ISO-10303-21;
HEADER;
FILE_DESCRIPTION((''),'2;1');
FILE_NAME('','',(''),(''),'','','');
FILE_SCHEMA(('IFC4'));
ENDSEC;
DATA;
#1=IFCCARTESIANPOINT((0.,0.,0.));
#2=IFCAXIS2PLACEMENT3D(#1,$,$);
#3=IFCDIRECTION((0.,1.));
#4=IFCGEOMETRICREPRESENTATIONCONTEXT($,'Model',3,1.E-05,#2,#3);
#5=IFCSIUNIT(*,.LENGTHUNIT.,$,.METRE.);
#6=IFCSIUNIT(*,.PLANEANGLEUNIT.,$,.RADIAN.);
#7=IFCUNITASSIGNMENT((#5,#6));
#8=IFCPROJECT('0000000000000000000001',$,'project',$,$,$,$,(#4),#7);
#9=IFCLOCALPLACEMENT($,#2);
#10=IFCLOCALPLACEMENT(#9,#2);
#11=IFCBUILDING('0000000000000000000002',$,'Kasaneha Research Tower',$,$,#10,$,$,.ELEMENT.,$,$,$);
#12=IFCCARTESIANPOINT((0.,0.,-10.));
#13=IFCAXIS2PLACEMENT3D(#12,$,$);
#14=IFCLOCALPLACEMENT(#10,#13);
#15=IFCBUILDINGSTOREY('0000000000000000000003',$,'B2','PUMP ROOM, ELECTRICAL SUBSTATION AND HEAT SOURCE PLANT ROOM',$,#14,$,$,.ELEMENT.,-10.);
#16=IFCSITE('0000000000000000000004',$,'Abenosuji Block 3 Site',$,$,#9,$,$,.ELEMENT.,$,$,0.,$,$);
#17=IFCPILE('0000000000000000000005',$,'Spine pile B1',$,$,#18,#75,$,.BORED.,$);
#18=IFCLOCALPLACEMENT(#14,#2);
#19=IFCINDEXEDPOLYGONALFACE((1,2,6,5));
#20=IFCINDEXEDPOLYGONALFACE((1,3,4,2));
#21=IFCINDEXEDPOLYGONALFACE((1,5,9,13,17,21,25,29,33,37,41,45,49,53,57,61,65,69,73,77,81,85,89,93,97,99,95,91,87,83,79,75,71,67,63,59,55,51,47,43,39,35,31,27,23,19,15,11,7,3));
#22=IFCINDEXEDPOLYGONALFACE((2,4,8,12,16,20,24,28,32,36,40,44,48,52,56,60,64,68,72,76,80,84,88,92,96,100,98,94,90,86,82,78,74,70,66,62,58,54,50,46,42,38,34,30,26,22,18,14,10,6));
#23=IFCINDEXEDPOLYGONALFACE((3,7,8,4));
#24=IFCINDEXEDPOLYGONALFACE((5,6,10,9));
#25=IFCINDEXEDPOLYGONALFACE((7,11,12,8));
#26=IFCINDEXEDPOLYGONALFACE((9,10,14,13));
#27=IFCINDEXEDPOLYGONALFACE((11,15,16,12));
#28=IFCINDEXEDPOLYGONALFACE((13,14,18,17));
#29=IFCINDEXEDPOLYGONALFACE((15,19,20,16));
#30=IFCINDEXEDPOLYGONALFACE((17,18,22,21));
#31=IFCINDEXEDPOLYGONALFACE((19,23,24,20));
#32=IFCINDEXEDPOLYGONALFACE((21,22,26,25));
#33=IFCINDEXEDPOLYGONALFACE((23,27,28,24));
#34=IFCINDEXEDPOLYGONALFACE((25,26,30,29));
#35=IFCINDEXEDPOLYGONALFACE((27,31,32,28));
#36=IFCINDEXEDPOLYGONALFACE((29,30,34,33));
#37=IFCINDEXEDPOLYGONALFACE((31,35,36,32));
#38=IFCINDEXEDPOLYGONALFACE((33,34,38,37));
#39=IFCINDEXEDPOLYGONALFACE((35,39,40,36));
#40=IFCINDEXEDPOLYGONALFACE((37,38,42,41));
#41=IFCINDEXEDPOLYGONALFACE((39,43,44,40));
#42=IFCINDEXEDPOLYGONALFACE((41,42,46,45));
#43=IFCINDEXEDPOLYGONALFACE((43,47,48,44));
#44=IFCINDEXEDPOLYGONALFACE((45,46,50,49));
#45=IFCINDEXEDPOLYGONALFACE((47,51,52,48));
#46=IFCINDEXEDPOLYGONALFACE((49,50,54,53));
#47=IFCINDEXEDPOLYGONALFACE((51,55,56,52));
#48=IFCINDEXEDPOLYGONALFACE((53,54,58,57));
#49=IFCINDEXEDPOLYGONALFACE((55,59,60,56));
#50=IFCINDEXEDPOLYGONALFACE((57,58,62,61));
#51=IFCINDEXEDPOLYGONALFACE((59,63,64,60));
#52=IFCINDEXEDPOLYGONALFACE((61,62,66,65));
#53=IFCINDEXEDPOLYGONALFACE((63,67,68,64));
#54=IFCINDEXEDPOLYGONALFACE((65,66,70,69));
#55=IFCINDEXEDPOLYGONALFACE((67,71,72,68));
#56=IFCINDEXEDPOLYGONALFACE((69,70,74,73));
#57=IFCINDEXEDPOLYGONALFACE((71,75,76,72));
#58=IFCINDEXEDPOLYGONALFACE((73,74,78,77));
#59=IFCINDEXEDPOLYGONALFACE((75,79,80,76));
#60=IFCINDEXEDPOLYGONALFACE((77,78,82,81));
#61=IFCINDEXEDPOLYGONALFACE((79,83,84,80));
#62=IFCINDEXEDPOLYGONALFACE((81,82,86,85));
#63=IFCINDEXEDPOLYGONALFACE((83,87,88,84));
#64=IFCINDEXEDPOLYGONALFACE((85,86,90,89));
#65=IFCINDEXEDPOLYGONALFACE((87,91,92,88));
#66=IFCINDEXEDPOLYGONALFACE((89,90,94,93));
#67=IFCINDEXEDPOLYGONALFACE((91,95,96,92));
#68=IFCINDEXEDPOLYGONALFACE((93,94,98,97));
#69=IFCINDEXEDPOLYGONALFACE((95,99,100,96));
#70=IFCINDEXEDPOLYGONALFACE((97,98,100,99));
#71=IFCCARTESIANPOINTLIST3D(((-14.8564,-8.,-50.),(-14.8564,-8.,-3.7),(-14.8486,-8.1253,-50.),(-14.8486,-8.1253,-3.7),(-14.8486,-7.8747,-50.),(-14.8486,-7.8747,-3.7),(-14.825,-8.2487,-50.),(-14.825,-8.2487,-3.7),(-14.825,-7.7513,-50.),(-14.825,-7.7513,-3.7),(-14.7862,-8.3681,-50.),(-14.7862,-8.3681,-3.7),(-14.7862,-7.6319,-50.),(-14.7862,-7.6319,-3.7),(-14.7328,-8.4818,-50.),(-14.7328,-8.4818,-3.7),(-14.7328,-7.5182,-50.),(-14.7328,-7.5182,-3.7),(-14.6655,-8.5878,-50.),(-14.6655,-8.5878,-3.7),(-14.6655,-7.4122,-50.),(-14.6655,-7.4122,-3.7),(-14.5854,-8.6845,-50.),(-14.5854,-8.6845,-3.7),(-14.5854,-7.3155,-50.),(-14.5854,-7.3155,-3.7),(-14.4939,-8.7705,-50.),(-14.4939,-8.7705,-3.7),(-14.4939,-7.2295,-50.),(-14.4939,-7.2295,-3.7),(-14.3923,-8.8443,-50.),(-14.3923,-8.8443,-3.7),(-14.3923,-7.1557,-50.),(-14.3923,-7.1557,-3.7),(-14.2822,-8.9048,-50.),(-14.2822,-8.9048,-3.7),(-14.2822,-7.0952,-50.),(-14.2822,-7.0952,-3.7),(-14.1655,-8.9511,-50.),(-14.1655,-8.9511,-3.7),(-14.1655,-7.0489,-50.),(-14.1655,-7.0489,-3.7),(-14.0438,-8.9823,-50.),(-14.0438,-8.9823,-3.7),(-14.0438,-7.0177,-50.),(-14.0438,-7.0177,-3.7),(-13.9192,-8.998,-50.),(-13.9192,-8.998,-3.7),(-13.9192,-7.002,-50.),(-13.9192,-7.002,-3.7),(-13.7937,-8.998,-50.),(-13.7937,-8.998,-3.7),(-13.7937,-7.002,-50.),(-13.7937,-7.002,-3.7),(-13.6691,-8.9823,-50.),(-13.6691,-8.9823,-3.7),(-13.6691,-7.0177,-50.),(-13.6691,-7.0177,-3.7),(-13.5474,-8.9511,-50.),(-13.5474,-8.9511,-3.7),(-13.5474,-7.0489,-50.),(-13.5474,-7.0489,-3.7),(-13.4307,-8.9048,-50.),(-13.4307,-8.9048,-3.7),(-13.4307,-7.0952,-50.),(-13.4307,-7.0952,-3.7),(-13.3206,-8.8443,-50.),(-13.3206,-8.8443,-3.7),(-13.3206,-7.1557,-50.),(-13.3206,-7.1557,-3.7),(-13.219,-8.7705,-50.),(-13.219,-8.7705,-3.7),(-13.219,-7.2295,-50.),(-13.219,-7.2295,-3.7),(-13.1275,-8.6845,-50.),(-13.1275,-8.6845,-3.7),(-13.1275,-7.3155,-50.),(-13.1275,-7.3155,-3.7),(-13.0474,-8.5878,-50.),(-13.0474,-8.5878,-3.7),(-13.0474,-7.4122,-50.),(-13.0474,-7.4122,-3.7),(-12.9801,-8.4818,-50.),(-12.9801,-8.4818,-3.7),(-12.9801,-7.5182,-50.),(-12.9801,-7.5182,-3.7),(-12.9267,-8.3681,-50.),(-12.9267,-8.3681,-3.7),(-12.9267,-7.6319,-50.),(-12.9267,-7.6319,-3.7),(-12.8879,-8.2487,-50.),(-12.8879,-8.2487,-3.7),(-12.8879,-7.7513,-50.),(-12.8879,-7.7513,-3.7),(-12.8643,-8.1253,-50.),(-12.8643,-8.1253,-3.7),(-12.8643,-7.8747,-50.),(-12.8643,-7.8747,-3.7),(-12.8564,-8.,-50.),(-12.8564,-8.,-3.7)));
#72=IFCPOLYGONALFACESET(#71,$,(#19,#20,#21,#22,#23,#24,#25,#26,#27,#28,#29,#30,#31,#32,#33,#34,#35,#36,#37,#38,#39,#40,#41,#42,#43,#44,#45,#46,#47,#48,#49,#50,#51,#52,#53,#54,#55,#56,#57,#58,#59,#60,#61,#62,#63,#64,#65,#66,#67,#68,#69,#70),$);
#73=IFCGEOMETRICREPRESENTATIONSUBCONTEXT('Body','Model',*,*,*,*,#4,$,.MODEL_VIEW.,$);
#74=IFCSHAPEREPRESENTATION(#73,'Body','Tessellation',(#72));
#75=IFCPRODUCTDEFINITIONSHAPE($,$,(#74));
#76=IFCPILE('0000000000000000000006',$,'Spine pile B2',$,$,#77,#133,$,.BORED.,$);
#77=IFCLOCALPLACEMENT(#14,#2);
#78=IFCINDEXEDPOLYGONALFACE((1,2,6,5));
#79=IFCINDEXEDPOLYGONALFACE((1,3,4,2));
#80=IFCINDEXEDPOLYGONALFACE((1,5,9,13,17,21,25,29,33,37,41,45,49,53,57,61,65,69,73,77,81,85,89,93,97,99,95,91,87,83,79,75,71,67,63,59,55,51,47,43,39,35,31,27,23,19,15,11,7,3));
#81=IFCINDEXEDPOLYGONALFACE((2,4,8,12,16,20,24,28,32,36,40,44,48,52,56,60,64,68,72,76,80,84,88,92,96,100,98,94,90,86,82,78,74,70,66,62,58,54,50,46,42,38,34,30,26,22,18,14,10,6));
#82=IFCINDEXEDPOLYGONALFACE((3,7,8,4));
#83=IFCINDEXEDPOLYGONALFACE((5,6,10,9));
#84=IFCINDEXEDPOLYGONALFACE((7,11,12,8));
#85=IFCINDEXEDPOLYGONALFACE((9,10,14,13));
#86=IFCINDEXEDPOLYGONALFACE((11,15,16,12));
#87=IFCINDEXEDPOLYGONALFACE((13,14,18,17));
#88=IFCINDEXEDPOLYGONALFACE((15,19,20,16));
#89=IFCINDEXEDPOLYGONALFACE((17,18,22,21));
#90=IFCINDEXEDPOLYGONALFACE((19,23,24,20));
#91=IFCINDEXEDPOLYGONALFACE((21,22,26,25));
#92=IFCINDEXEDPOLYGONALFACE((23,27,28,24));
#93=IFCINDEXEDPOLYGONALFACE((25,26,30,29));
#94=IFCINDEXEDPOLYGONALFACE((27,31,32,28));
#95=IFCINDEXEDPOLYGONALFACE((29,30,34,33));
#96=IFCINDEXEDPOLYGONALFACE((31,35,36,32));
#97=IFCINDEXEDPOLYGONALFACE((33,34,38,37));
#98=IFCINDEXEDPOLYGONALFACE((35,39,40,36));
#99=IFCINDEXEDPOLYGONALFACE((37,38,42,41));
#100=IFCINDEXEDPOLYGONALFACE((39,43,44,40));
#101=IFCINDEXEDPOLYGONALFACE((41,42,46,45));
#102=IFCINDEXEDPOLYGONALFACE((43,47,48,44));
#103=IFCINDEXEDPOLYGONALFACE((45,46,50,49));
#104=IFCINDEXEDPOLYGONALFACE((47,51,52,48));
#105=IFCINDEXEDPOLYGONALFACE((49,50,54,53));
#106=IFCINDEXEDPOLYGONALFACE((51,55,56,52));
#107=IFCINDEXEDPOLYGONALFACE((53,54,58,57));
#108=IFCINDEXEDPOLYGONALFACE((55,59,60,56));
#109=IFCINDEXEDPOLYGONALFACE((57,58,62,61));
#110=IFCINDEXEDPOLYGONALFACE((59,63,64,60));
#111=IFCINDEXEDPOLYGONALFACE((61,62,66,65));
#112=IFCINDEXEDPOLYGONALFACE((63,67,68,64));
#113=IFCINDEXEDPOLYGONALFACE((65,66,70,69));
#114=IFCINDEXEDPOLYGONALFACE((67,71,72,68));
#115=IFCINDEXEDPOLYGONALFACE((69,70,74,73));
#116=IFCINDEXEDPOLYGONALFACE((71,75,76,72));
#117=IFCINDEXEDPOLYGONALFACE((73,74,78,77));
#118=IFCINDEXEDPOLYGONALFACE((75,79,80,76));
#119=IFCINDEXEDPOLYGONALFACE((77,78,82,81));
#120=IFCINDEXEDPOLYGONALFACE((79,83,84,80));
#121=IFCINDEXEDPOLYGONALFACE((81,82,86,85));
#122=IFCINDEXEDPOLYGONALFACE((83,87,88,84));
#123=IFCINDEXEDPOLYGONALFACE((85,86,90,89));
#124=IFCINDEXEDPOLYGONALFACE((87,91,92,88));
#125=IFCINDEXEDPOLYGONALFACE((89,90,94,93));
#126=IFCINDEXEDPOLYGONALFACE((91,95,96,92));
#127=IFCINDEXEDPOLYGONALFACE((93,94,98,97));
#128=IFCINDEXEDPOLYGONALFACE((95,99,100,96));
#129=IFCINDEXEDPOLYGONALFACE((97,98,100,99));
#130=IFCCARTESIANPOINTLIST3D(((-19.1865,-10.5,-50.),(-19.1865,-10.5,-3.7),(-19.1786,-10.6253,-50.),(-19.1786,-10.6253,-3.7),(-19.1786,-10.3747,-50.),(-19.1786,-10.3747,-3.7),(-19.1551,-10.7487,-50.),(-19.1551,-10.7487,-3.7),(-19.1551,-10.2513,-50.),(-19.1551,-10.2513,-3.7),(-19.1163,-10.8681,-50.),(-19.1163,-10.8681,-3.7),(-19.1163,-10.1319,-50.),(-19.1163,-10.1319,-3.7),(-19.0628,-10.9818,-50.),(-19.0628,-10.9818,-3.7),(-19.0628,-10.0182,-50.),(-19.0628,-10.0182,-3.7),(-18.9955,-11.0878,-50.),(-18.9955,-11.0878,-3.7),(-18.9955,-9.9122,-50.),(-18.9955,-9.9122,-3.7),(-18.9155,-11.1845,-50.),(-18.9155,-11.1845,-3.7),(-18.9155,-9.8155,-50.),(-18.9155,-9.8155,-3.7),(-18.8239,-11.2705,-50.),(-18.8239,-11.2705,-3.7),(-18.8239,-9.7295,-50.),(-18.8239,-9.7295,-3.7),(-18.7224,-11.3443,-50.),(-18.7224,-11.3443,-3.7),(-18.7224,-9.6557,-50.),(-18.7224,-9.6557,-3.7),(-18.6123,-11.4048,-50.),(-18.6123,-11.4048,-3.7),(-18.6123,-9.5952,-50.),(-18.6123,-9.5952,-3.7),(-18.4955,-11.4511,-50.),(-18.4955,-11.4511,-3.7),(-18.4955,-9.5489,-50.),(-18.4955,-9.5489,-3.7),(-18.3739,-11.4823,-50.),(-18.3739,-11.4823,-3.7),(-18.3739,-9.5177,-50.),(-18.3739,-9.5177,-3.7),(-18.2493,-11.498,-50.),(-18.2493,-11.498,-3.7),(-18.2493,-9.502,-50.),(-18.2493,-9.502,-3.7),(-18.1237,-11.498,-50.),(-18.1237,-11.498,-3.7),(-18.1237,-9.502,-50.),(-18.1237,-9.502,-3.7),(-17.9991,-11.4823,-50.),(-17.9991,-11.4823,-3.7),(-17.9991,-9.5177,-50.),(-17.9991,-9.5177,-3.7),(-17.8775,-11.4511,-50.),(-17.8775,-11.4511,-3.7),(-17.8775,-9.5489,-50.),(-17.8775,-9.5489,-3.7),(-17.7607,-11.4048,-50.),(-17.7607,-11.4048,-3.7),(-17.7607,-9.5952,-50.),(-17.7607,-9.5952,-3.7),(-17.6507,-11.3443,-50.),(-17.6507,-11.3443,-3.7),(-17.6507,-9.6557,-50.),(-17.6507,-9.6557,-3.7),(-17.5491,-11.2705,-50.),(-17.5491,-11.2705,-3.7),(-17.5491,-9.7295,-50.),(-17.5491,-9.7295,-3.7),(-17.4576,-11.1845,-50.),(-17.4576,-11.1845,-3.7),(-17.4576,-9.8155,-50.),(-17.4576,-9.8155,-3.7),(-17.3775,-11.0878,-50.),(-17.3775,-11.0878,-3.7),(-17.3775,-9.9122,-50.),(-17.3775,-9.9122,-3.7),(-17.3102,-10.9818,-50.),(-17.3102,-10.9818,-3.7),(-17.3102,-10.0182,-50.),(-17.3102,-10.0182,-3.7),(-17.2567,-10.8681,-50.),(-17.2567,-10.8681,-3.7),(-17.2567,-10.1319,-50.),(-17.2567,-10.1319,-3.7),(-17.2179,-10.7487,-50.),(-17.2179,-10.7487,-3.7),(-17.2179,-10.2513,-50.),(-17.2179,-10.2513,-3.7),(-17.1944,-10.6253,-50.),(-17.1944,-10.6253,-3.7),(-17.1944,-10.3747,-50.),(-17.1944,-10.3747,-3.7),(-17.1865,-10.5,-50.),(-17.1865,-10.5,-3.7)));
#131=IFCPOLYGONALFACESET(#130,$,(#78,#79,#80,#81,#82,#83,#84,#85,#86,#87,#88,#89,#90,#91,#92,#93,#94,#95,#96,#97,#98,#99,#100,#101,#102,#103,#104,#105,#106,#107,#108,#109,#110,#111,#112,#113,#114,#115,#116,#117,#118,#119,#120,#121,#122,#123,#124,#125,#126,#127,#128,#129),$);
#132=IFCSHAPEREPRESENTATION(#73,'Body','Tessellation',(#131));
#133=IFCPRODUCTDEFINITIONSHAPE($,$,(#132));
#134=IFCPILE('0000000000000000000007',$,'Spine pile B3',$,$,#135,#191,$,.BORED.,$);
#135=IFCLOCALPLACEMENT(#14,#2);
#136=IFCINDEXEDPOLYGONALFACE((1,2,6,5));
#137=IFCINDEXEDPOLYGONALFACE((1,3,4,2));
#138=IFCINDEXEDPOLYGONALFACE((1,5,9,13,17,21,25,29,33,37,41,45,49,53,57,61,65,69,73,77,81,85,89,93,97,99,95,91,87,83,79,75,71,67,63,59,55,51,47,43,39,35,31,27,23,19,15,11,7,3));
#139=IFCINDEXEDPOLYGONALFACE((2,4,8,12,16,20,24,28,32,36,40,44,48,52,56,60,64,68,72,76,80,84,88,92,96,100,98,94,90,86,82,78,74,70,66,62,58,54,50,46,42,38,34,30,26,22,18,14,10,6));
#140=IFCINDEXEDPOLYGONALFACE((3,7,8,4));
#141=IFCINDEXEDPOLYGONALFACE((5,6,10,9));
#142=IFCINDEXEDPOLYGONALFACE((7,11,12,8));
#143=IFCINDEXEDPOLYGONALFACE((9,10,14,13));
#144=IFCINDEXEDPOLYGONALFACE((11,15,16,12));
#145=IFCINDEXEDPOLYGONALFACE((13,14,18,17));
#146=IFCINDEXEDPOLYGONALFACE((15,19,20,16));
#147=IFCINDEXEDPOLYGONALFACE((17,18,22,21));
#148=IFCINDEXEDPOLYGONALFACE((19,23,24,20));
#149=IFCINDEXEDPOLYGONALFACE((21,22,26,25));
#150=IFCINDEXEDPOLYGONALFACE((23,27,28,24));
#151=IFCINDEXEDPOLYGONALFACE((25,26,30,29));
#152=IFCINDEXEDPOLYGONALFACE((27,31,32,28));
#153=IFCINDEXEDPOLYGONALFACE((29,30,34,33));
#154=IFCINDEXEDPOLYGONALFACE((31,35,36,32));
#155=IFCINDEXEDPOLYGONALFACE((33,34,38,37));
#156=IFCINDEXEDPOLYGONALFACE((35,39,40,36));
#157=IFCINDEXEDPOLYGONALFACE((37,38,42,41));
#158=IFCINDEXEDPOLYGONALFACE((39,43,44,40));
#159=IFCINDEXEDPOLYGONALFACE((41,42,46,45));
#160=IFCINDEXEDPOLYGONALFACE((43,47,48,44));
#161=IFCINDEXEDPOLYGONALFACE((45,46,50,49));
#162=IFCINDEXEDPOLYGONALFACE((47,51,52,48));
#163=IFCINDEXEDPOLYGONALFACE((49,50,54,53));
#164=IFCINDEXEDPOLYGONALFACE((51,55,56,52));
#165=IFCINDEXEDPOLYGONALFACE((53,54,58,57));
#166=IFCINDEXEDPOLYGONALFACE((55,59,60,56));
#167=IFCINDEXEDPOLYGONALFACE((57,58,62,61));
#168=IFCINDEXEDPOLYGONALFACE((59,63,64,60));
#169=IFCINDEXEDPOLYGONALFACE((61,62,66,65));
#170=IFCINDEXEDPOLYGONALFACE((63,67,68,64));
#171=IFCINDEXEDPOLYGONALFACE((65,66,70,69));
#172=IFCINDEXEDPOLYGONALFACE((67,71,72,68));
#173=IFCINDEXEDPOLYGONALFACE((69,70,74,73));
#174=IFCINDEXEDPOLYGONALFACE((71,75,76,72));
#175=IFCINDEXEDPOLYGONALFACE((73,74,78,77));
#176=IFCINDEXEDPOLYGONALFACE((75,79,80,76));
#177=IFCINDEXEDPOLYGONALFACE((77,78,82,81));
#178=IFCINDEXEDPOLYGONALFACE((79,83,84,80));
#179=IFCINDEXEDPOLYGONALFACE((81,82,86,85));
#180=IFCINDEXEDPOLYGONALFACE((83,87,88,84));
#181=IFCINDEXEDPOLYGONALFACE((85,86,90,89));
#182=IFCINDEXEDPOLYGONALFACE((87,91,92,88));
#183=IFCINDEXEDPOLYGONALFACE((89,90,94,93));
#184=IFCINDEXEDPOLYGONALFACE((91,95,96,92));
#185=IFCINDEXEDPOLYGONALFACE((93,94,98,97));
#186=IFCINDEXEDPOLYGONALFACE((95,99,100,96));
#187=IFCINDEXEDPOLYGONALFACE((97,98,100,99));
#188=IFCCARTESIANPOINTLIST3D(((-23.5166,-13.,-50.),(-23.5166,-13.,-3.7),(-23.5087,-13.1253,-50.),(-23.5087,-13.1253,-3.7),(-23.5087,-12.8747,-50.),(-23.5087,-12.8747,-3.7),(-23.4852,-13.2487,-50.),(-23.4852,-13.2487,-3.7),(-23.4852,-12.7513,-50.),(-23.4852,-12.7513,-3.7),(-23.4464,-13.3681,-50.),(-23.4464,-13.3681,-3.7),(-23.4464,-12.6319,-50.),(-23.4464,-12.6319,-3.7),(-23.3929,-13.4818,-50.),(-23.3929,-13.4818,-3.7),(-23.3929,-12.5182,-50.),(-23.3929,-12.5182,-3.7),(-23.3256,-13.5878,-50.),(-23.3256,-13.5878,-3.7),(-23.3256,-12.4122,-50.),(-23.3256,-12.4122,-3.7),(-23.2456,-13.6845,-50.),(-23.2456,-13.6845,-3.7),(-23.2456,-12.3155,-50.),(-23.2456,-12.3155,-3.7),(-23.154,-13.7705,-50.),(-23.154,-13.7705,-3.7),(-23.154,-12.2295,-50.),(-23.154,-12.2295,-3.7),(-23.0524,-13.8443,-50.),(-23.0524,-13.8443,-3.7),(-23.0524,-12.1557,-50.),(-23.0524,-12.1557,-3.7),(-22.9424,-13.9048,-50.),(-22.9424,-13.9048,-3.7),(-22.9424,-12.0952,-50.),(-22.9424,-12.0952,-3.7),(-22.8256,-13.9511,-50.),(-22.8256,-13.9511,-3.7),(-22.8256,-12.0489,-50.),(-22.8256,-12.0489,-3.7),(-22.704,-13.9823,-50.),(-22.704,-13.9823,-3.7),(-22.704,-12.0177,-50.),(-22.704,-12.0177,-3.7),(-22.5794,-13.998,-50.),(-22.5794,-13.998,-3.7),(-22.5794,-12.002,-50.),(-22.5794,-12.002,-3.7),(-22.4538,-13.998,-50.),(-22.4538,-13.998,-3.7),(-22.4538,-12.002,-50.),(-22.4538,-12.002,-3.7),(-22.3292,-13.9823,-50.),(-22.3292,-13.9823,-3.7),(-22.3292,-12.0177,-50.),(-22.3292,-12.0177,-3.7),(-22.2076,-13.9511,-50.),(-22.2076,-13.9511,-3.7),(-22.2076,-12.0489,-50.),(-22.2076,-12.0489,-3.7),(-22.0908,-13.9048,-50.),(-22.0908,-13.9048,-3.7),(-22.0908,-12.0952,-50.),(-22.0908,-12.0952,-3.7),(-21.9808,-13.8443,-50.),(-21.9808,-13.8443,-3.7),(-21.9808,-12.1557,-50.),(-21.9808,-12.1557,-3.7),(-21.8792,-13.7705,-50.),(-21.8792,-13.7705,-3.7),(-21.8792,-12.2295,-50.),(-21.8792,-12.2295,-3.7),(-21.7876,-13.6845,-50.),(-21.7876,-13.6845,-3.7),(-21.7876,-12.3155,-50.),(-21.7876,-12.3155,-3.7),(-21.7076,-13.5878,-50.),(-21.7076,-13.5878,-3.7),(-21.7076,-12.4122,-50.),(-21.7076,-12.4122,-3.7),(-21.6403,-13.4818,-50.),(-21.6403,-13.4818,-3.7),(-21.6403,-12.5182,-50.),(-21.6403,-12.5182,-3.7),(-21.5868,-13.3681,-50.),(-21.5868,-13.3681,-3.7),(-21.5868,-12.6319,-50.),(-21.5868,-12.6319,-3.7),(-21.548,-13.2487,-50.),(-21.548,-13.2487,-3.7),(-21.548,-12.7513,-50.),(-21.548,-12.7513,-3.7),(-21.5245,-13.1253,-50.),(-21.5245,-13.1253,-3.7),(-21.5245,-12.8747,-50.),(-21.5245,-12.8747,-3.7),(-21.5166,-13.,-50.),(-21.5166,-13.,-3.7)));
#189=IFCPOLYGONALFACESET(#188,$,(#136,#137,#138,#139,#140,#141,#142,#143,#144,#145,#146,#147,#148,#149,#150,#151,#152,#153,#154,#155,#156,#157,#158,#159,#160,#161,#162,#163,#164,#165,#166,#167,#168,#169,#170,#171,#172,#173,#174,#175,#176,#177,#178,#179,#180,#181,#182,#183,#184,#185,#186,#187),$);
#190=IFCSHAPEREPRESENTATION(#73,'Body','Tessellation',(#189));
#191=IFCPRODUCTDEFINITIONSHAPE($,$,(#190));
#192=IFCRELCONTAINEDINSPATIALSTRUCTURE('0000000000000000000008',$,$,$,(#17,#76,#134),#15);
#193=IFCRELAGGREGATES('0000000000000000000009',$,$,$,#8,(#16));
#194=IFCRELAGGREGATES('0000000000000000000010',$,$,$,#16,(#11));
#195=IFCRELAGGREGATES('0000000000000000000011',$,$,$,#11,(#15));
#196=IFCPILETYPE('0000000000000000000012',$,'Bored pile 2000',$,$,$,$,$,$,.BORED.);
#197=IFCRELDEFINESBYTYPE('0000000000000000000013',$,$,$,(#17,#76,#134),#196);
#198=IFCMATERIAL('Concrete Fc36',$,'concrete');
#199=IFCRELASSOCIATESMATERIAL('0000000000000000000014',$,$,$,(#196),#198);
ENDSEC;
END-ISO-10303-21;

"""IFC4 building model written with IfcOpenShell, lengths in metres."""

from ifc_helpers import new_model, si_unit, direction, frame, origin, origin_2d, place, context, subcontext, project, spatial, circle, extrude, material, material_profile, profile_set, type_object, element, save


model = new_model("IFC4")

# Units and contexts
model_context = context("Model", 3, precision=1e-05, world=origin(), true_north=direction((0.0, 1.0)))
body_context = subcontext(model_context, "Body", "Model", "MODEL_VIEW")
ifc_project = project(units=[si_unit("LENGTHUNIT", "METRE"), si_unit("PLANEANGLEUNIT", "RADIAN")], contexts=[model_context])

# Site, building, storey
site_placement = place(None, origin())
site = spatial("IfcSite", under=ifc_project, at=site_placement, Name="Abenosuji Block 3 Site", CompositionType="ELEMENT", RefElevation=0.0)
building_placement = place(site_placement, origin())
building = spatial("IfcBuilding", under=site, at=building_placement, Name="Kasaneha Research Tower", CompositionType="ELEMENT")
storey_placement = place(building_placement, frame((0.0, 0.0, -10.0)))
storey = spatial("IfcBuildingStorey", under=building, at=storey_placement, Name="B2", Description="PUMP ROOM, ELECTRICAL SUBSTATION AND HEAT SOURCE PLANT ROOM", CompositionType="ELEMENT", Elevation=-10.0)

# Piles
ifc_material_1 = material(Name="Concrete Fc36", Category="concrete")
ifc_material_profile_1 = material_profile(ifc_material_1, circle(Radius=1.0, at=origin_2d()), Name="Bored pile 2000")
ifc_profile_set_1 = profile_set([ifc_material_profile_1], Name="Concrete Fc36")
pile_type_1 = type_object("IfcPileType", Name="Bored pile 2000", PredefinedType="BORED", material=ifc_profile_set_1)
for number, where, z_axis, x_axis, name in (
    (1, (-13.8564, -8.0, -3.7), (0.0, 0.0, -1.0), (1.0, 0.0, 0.0), "Spine pile B1"),
    (2, (-18.1865, -10.5, -3.7), (0.0, 0.0, -1.0), (1.0, 0.0, 0.0), "Spine pile B2"),
    (3, (-22.5166, -13.0, -3.7), (0.0, 0.0, -1.0), (1.0, 0.0, 0.0), "Spine pile B3"),
):
    element("IfcPile", number, at=place(storey_placement, frame(where, z_axis=z_axis, x_axis=x_axis)), inside=storey, type_object=pile_type_1, Name=name, PredefinedType="BORED", context=body_context, shape_type="SweptSolid", body=[
        extrude(circle(Radius=1.0, at=origin_2d()), origin(), (0.0, 0.0, 1.0), 46.3),
    ])

save(model, "model.ifc")
